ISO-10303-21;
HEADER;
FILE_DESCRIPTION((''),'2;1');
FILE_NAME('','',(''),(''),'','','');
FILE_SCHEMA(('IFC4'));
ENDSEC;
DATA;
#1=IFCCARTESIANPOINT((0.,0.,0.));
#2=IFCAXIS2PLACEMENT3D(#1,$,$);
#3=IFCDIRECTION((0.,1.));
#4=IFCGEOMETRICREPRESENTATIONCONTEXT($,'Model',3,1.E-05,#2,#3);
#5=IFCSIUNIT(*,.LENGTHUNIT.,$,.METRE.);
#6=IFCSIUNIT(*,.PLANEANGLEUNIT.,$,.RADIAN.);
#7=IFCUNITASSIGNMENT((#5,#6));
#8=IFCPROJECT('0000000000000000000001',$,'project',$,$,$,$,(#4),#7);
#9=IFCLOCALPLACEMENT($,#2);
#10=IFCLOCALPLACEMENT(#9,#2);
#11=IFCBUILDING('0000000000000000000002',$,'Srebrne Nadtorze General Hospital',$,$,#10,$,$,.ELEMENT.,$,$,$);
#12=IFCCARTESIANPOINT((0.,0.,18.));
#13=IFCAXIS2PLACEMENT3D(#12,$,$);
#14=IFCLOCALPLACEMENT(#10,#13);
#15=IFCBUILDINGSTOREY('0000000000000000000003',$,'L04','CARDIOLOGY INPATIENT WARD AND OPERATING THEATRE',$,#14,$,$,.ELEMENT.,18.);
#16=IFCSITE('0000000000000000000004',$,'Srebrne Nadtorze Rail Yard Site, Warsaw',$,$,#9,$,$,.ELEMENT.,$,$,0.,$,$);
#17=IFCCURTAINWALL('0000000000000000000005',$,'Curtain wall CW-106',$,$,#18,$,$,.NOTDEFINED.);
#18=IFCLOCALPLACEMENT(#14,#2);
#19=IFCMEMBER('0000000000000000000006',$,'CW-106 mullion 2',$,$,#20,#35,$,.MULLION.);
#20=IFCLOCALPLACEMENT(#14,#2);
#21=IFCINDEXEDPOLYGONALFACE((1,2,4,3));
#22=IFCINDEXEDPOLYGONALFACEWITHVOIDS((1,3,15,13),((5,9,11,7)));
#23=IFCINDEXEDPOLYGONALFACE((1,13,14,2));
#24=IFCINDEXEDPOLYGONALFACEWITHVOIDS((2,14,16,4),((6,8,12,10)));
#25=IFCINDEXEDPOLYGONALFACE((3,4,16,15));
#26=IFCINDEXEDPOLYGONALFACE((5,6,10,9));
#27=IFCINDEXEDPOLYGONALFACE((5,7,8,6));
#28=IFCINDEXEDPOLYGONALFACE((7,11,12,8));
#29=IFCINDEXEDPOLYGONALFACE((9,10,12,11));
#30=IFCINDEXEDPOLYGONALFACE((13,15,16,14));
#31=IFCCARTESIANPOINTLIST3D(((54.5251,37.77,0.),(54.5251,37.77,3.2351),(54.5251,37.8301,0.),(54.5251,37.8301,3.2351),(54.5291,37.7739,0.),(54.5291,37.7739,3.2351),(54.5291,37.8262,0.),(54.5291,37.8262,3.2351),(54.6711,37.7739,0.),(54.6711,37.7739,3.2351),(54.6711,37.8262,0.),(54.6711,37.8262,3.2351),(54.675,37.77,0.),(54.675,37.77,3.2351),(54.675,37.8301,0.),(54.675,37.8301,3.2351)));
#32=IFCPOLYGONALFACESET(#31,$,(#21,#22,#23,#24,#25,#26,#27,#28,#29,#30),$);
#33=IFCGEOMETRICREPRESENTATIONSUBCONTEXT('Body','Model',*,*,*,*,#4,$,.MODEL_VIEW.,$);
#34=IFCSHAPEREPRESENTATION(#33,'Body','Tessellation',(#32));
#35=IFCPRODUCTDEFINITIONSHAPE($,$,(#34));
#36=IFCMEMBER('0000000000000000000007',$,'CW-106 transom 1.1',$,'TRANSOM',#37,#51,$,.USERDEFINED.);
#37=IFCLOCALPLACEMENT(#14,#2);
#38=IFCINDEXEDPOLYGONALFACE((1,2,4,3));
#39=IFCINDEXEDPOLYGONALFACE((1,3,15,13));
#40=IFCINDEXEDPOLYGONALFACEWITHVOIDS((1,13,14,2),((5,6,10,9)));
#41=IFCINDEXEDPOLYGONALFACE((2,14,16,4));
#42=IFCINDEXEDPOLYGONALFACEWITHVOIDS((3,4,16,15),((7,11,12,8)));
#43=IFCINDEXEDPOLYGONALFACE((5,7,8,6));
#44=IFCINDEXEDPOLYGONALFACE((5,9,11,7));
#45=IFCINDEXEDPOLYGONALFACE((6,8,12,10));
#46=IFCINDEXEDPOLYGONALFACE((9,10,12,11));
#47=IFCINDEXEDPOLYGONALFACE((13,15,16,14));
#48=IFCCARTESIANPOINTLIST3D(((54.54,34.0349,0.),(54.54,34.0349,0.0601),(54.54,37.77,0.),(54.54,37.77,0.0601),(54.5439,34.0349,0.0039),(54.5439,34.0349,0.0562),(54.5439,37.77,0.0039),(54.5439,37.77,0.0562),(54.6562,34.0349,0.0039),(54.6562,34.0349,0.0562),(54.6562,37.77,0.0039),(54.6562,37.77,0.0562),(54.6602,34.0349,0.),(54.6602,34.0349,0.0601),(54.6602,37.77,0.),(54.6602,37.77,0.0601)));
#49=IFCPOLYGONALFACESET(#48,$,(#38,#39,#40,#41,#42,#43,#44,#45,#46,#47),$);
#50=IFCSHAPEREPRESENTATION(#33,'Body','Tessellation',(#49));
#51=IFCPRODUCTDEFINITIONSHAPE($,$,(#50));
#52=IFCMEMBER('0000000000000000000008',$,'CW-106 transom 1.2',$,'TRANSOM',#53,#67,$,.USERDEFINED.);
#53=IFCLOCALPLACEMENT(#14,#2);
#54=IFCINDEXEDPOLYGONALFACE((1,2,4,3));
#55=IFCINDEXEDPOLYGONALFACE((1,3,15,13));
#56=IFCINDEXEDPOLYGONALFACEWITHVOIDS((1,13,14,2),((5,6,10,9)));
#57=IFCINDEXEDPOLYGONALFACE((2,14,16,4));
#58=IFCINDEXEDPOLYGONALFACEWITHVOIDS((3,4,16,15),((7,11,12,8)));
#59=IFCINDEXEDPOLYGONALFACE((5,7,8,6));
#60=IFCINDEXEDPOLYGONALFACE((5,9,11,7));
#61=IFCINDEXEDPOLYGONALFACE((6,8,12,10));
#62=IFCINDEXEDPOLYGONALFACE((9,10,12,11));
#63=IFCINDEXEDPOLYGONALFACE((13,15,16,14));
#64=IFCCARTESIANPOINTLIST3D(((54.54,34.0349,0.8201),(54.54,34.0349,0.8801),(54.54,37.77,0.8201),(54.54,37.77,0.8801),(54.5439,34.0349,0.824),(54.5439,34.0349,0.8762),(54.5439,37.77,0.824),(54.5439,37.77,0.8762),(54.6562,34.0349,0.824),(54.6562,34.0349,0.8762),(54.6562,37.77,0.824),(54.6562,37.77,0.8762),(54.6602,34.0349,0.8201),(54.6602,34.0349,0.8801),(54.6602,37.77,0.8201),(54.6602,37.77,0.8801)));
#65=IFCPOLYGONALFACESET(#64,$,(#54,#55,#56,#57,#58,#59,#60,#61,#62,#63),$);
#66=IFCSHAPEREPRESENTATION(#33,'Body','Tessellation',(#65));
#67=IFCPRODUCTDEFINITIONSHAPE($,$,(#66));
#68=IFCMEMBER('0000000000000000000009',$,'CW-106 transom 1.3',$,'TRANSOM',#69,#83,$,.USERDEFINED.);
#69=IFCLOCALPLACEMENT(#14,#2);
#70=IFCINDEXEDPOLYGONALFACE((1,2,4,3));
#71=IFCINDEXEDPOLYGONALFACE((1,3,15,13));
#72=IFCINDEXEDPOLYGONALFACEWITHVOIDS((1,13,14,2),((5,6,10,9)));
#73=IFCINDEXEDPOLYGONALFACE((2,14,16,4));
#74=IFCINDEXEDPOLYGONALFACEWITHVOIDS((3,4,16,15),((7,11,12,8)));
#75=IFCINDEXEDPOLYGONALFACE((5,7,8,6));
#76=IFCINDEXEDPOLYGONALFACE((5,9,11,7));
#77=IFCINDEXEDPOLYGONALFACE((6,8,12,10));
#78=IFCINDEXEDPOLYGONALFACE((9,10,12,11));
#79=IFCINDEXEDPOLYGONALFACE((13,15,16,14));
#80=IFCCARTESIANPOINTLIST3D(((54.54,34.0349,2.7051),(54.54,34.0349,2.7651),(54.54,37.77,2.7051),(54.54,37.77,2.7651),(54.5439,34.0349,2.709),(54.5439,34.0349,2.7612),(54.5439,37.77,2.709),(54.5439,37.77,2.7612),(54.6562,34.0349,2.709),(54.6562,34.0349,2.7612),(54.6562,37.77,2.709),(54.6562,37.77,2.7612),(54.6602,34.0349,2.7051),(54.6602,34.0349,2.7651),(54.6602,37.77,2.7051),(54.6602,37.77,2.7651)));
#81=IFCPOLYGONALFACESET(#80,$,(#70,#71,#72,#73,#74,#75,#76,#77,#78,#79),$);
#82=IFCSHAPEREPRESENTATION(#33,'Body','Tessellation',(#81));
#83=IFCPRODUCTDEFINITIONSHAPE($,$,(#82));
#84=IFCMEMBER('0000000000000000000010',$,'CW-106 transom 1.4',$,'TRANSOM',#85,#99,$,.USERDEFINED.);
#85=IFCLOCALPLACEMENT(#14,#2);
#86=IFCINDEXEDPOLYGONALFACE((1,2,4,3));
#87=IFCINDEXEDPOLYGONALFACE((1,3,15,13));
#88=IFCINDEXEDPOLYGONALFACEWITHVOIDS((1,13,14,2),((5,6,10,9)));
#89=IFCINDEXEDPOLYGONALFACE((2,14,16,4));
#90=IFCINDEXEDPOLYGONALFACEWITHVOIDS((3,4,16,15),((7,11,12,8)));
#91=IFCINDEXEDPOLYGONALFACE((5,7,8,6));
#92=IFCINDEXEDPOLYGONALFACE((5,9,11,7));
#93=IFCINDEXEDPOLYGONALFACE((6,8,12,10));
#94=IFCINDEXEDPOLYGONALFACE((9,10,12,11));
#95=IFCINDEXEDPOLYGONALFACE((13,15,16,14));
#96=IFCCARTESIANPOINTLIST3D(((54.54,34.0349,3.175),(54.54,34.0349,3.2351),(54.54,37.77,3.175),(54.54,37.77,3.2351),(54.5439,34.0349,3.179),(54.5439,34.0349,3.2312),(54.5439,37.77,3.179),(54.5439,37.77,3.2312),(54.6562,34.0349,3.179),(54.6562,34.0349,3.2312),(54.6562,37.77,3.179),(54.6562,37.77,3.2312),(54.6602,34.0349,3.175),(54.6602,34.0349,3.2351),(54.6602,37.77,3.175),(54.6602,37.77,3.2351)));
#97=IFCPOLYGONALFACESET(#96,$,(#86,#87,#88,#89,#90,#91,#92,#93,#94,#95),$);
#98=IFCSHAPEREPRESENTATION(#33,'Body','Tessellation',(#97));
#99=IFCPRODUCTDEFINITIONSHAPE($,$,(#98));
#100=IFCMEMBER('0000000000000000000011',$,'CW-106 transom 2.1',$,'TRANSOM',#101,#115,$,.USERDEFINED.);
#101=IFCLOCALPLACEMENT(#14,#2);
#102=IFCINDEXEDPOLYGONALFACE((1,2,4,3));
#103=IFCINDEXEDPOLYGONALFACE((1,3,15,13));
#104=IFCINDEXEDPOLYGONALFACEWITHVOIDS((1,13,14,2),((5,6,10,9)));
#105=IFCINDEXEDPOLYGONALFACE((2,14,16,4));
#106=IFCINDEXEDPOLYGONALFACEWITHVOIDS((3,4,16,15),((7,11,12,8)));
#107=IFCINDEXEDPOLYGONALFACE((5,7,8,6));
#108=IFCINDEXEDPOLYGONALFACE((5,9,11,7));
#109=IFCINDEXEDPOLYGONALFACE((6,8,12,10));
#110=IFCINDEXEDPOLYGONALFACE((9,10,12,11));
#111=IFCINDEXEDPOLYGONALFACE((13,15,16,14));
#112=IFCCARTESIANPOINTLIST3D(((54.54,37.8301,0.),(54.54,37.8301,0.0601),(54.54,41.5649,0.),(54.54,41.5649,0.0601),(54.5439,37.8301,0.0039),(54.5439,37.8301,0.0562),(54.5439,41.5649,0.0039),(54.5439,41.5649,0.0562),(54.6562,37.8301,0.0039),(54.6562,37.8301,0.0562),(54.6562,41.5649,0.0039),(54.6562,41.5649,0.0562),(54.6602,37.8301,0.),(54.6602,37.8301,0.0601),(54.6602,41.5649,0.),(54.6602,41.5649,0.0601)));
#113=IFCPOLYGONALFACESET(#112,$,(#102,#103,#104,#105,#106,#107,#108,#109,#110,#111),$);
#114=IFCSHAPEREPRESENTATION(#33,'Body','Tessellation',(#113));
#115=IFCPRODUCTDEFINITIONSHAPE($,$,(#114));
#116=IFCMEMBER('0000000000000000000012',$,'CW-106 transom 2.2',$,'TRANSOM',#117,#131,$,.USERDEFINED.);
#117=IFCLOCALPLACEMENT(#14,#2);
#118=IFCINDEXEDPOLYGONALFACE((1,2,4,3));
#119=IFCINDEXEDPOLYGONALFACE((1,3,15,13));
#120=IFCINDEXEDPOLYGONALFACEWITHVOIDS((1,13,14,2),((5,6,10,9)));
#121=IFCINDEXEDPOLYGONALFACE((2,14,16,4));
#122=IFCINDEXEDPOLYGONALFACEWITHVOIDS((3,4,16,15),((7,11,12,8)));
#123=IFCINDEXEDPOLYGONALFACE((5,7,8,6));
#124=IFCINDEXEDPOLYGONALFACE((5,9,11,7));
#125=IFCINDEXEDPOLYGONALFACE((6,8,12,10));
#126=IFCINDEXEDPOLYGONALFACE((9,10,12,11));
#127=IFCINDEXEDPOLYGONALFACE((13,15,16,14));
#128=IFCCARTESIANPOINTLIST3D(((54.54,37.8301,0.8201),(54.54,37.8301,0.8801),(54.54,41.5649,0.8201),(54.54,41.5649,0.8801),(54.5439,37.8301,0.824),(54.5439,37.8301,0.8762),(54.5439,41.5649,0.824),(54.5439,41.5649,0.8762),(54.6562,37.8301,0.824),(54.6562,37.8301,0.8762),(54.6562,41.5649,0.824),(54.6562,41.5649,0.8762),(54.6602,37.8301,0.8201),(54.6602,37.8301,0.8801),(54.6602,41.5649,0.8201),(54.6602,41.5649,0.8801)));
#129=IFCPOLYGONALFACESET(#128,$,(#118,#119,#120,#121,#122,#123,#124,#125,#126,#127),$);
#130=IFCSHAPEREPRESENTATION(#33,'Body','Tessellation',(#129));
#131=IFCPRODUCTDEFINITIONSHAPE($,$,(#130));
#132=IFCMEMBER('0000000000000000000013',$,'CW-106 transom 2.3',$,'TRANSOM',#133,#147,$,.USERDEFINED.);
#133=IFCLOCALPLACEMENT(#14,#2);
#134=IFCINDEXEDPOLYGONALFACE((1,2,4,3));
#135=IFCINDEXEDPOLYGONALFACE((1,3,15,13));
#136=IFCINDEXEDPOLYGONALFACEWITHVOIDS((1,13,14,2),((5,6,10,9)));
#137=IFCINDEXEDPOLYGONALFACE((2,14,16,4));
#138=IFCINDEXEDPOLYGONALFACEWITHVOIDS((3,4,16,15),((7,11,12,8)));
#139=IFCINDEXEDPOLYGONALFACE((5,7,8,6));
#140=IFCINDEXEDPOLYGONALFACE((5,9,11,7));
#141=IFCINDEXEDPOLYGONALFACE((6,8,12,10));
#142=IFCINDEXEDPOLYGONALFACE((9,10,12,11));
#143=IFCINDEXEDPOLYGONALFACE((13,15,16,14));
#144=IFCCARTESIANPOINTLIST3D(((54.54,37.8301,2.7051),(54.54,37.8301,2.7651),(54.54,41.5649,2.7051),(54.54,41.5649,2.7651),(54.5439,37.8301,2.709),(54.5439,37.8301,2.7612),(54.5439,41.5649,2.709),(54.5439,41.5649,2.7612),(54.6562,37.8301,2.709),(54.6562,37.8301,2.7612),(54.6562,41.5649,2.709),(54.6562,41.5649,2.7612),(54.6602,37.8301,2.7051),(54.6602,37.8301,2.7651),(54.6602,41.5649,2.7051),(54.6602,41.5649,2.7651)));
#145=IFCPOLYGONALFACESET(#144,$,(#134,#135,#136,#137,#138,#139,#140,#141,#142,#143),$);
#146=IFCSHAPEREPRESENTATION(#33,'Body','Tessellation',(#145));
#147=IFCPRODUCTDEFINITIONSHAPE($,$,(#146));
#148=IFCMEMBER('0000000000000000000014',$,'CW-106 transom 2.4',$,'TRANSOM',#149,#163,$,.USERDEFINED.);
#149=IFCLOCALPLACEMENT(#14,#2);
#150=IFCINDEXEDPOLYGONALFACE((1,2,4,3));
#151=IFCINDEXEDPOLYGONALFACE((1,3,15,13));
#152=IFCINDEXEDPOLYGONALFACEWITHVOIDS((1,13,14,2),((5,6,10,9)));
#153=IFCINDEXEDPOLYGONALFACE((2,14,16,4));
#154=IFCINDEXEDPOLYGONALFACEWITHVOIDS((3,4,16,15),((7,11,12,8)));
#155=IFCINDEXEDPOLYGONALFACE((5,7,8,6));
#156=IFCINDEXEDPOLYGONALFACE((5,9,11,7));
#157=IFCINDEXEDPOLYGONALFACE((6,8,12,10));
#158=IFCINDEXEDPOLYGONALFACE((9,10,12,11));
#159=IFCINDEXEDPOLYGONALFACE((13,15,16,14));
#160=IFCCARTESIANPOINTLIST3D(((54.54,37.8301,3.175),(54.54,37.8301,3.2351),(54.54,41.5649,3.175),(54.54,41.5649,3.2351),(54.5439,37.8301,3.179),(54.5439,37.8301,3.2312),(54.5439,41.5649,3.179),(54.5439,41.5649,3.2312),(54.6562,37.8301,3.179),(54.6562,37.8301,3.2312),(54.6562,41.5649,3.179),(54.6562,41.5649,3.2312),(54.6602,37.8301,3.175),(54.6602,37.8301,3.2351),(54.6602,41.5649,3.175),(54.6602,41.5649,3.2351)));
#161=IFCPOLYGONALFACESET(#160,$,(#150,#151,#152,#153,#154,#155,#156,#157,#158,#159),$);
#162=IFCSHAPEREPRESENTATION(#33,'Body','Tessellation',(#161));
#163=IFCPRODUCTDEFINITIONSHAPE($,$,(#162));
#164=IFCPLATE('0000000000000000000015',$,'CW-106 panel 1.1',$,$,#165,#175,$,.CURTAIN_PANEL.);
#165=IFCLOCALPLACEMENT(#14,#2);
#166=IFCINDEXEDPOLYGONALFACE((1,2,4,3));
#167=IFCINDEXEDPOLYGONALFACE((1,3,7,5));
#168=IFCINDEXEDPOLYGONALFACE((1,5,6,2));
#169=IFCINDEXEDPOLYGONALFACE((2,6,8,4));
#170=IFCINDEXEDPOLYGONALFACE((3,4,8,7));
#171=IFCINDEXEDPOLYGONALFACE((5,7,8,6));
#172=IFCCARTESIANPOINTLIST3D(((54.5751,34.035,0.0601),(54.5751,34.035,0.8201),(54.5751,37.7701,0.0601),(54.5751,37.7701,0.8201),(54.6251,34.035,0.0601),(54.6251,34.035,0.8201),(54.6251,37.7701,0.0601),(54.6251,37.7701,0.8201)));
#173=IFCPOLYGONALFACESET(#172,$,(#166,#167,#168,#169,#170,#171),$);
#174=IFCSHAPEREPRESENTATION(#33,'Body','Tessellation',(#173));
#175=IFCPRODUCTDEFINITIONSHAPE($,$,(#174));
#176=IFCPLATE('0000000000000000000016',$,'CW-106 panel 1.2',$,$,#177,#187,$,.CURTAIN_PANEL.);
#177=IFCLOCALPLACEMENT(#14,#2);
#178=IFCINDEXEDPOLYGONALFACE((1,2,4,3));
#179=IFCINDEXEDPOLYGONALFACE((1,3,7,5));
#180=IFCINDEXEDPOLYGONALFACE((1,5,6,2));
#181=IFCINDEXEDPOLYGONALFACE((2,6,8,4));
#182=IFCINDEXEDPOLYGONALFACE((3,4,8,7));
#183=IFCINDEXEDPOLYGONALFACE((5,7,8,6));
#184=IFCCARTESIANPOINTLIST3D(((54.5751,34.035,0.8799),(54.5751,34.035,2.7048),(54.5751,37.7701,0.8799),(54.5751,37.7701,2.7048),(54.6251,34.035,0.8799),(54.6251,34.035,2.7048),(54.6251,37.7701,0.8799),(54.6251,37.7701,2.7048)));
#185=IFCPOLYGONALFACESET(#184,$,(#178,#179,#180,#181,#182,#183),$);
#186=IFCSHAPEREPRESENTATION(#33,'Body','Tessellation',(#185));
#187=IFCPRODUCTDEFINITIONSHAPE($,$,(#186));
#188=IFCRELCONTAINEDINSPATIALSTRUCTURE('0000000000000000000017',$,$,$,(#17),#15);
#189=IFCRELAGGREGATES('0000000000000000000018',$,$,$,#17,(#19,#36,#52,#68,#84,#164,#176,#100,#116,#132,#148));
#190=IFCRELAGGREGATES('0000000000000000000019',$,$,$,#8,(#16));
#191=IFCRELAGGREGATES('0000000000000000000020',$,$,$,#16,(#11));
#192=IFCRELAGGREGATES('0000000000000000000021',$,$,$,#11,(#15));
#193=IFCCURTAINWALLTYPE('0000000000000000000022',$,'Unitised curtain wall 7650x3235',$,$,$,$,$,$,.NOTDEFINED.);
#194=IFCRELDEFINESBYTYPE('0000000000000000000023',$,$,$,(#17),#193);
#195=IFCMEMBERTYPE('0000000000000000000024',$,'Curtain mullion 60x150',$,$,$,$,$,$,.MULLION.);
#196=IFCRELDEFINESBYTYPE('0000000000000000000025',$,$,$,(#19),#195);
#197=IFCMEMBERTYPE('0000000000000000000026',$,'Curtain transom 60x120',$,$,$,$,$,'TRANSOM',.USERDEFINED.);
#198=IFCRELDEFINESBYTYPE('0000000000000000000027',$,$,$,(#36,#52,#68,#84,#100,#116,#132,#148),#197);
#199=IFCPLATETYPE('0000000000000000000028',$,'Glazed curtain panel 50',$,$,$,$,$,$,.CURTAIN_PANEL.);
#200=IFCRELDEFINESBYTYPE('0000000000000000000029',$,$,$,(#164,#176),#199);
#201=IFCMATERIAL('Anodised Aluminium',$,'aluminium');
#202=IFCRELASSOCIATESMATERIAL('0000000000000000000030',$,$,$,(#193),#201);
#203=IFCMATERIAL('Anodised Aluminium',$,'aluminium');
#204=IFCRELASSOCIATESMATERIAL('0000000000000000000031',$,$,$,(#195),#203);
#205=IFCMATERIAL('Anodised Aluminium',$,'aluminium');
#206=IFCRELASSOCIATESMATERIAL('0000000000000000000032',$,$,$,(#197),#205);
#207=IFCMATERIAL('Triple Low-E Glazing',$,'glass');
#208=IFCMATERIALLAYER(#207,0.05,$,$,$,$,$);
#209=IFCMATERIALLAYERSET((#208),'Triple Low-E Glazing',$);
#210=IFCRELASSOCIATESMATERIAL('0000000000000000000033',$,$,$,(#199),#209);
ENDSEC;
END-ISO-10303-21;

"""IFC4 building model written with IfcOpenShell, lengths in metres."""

from ifc_helpers import new_model, si_unit, direction, frame, origin, origin_2d, place, context, subcontext, project, spatial, rectangle, hollow_rectangle, extrude, material, layer, layer_set, material_profile, profile_set, type_object, element, aggregate, save


model = new_model("IFC4")

# Units and contexts
model_context = context("Model", 3, precision=1e-05, world=origin(), true_north=direction((0.0, 1.0)))
body_context = subcontext(model_context, "Body", "Model", "MODEL_VIEW")
ifc_project = project(units=[si_unit("LENGTHUNIT", "METRE"), si_unit("PLANEANGLEUNIT", "RADIAN")], contexts=[model_context])

# Site, building, storey
site_placement = place(None, origin())
site = spatial("IfcSite", under=ifc_project, at=site_placement, Name="Srebrne Nadtorze Rail Yard Site, Warsaw", CompositionType="ELEMENT", RefElevation=0.0)
building_placement = place(site_placement, origin())
building = spatial("IfcBuilding", under=site, at=building_placement, Name="Srebrne Nadtorze General Hospital", CompositionType="ELEMENT")
storey_placement = place(building_placement, frame((0.0, 0.0, 18.0)))
storey = spatial("IfcBuildingStorey", under=building, at=storey_placement, Name="L04", Description="CARDIOLOGY INPATIENT WARD AND OPERATING THEATRE", CompositionType="ELEMENT", Elevation=18.0)

# Curtain wall, members, plates
ifc_material_1 = material(Name="Anodised Aluminium", Category="aluminium")
curtain_wall_type = type_object("IfcCurtainWallType", Name="Unitised curtain wall 7650x3235", PredefinedType="NOTDEFINED", material=ifc_material_1)
curtain_wall_placement = place(storey_placement, origin())
curtain_wall = element("IfcCurtainWall", 1, at=curtain_wall_placement, inside=storey, type_object=curtain_wall_type, Name="Curtain wall CW-106", PredefinedType="NOTDEFINED")
ifc_material_2 = material(Name="Anodised Aluminium", Category="aluminium")
ifc_material_profile_1 = material_profile(ifc_material_2, hollow_rectangle(XDim=0.0601, YDim=0.1499, WallThickness=0.0039, at=origin_2d()), Name="AL-MUL-60x150")
ifc_profile_set_1 = profile_set([ifc_material_profile_1], Name="Anodised Aluminium")
member_type_1 = type_object("IfcMemberType", Name="Curtain mullion 60x150", PredefinedType="MULLION", material=ifc_profile_set_1)
member_1_placement = place(storey_placement, frame((54.6001, 37.8, 0.0), z_axis=(0.0, 0.0, 1.0), x_axis=(0.0, 1.0, 0.0)))
member_1 = element("IfcMember", 2, at=member_1_placement, type_object=member_type_1, Name="CW-106 mullion 2", PredefinedType="MULLION", context=body_context, shape_type="SweptSolid", body=[
    extrude(hollow_rectangle(XDim=0.0601, YDim=0.1499, WallThickness=0.0039, at=origin_2d()), origin(), (0.0, 0.0, 1.0), 3.2351),
])
ifc_material_3 = material(Name="Anodised Aluminium", Category="aluminium")
ifc_material_profile_2 = material_profile(ifc_material_3, hollow_rectangle(XDim=0.0601, YDim=0.1201, WallThickness=0.0039, at=origin_2d()), Name="AL-TRN-60x120")
ifc_profile_set_2 = profile_set([ifc_material_profile_2], Name="Anodised Aluminium")
member_type_2 = type_object("IfcMemberType", Name="Curtain transom 60x120", ElementType="TRANSOM", PredefinedType="USERDEFINED", material=ifc_profile_set_2)
member_2_placement = place(storey_placement, frame((54.6001, 34.0349, 0.03), z_axis=(0.0, 1.0, 0.0), x_axis=(0.0, 0.0, 1.0)))
member_2 = element("IfcMember", 3, at=member_2_placement, type_object=member_type_2, Name="CW-106 transom 1.1", ObjectType="TRANSOM", PredefinedType="USERDEFINED", context=body_context, shape_type="SweptSolid", body=[
    extrude(hollow_rectangle(XDim=0.0601, YDim=0.1201, WallThickness=0.0039, at=origin_2d()), origin(), (0.0, 0.0, 1.0), 3.7351),
])
member_3_placement = place(storey_placement, frame((54.6001, 34.0349, 0.8501), z_axis=(0.0, 1.0, 0.0), x_axis=(0.0, 0.0, 1.0)))
member_3 = element("IfcMember", 4, at=member_3_placement, type_object=member_type_2, Name="CW-106 transom 1.2", ObjectType="TRANSOM", PredefinedType="USERDEFINED", context=body_context, shape_type="SweptSolid", body=[
    extrude(hollow_rectangle(XDim=0.0601, YDim=0.1201, WallThickness=0.0039, at=origin_2d()), origin(), (0.0, 0.0, 1.0), 3.7351),
])
member_4_placement = place(storey_placement, frame((54.6001, 34.0349, 2.7351), z_axis=(0.0, 1.0, 0.0), x_axis=(0.0, 0.0, 1.0)))
member_4 = element("IfcMember", 5, at=member_4_placement, type_object=member_type_2, Name="CW-106 transom 1.3", ObjectType="TRANSOM", PredefinedType="USERDEFINED", context=body_context, shape_type="SweptSolid", body=[
    extrude(hollow_rectangle(XDim=0.0601, YDim=0.1201, WallThickness=0.0039, at=origin_2d()), origin(), (0.0, 0.0, 1.0), 3.7351),
])
member_5_placement = place(storey_placement, frame((54.6001, 34.0349, 3.2051), z_axis=(0.0, 1.0, 0.0), x_axis=(0.0, 0.0, 1.0)))
member_5 = element("IfcMember", 6, at=member_5_placement, type_object=member_type_2, Name="CW-106 transom 1.4", ObjectType="TRANSOM", PredefinedType="USERDEFINED", context=body_context, shape_type="SweptSolid", body=[
    extrude(hollow_rectangle(XDim=0.0601, YDim=0.1201, WallThickness=0.0039, at=origin_2d()), origin(), (0.0, 0.0, 1.0), 3.7351),
])
member_6_placement = place(storey_placement, frame((54.6001, 37.8301, 0.03), z_axis=(0.0, 1.0, 0.0), x_axis=(0.0, 0.0, 1.0)))
member_6 = element("IfcMember", 7, at=member_6_placement, type_object=member_type_2, Name="CW-106 transom 2.1", ObjectType="TRANSOM", PredefinedType="USERDEFINED", context=body_context, shape_type="SweptSolid", body=[
    extrude(hollow_rectangle(XDim=0.0601, YDim=0.1201, WallThickness=0.0039, at=origin_2d()), origin(), (0.0, 0.0, 1.0), 3.7349),
])
member_7_placement = place(storey_placement, frame((54.6001, 37.8301, 0.8501), z_axis=(0.0, 1.0, 0.0), x_axis=(0.0, 0.0, 1.0)))
member_7 = element("IfcMember", 8, at=member_7_placement, type_object=member_type_2, Name="CW-106 transom 2.2", ObjectType="TRANSOM", PredefinedType="USERDEFINED", context=body_context, shape_type="SweptSolid", body=[
    extrude(hollow_rectangle(XDim=0.0601, YDim=0.1201, WallThickness=0.0039, at=origin_2d()), origin(), (0.0, 0.0, 1.0), 3.7349),
])
member_8_placement = place(storey_placement, frame((54.6001, 37.8301, 2.7351), z_axis=(0.0, 1.0, 0.0), x_axis=(0.0, 0.0, 1.0)))
member_8 = element("IfcMember", 9, at=member_8_placement, type_object=member_type_2, Name="CW-106 transom 2.3", ObjectType="TRANSOM", PredefinedType="USERDEFINED", context=body_context, shape_type="SweptSolid", body=[
    extrude(hollow_rectangle(XDim=0.0601, YDim=0.1201, WallThickness=0.0039, at=origin_2d()), origin(), (0.0, 0.0, 1.0), 3.7349),
])
member_9_placement = place(storey_placement, frame((54.6001, 37.8301, 3.2051), z_axis=(0.0, 1.0, 0.0), x_axis=(0.0, 0.0, 1.0)))
member_9 = element("IfcMember", 10, at=member_9_placement, type_object=member_type_2, Name="CW-106 transom 2.4", ObjectType="TRANSOM", PredefinedType="USERDEFINED", context=body_context, shape_type="SweptSolid", body=[
    extrude(hollow_rectangle(XDim=0.0601, YDim=0.1201, WallThickness=0.0039, at=origin_2d()), origin(), (0.0, 0.0, 1.0), 3.7349),
])
ifc_material_4 = material(Name="Triple Low-E Glazing", Category="glass")
ifc_layer_1 = layer(ifc_material_4, 0.05)
ifc_layer_set_1 = layer_set([ifc_layer_1], Name="Triple Low-E Glazing")
plate_type = type_object("IfcPlateType", Name="Glazed curtain panel 50", PredefinedType="CURTAIN_PANEL", material=ifc_layer_set_1)
plate_1_placement = place(storey_placement, frame((54.6001, 35.9026, 0.0601), z_axis=(0.0, 0.0, 1.0), x_axis=(0.0, 1.0, 0.0)))
plate_1 = element("IfcPlate", 11, at=plate_1_placement, type_object=plate_type, Name="CW-106 panel 1.1", PredefinedType="CURTAIN_PANEL", context=body_context, shape_type="SweptSolid", body=[
    extrude(rectangle(XDim=3.7351, YDim=0.05, at=origin_2d()), origin(), (0.0, 0.0, 1.0), 0.76),
])
plate_2_placement = place(storey_placement, frame((54.6001, 35.9026, 0.8799), z_axis=(0.0, 0.0, 1.0), x_axis=(0.0, 1.0, 0.0)))
plate_2 = element("IfcPlate", 12, at=plate_2_placement, type_object=plate_type, Name="CW-106 panel 1.2", PredefinedType="CURTAIN_PANEL", context=body_context, shape_type="SweptSolid", body=[
    extrude(rectangle(XDim=3.7351, YDim=0.05, at=origin_2d()), origin(), (0.0, 0.0, 1.0), 1.825),
])
aggregate(curtain_wall, [member_1, member_2, member_3, member_4, member_5, plate_1, plate_2, member_6, member_7, member_8, member_9])

save(model, "model.ifc")
